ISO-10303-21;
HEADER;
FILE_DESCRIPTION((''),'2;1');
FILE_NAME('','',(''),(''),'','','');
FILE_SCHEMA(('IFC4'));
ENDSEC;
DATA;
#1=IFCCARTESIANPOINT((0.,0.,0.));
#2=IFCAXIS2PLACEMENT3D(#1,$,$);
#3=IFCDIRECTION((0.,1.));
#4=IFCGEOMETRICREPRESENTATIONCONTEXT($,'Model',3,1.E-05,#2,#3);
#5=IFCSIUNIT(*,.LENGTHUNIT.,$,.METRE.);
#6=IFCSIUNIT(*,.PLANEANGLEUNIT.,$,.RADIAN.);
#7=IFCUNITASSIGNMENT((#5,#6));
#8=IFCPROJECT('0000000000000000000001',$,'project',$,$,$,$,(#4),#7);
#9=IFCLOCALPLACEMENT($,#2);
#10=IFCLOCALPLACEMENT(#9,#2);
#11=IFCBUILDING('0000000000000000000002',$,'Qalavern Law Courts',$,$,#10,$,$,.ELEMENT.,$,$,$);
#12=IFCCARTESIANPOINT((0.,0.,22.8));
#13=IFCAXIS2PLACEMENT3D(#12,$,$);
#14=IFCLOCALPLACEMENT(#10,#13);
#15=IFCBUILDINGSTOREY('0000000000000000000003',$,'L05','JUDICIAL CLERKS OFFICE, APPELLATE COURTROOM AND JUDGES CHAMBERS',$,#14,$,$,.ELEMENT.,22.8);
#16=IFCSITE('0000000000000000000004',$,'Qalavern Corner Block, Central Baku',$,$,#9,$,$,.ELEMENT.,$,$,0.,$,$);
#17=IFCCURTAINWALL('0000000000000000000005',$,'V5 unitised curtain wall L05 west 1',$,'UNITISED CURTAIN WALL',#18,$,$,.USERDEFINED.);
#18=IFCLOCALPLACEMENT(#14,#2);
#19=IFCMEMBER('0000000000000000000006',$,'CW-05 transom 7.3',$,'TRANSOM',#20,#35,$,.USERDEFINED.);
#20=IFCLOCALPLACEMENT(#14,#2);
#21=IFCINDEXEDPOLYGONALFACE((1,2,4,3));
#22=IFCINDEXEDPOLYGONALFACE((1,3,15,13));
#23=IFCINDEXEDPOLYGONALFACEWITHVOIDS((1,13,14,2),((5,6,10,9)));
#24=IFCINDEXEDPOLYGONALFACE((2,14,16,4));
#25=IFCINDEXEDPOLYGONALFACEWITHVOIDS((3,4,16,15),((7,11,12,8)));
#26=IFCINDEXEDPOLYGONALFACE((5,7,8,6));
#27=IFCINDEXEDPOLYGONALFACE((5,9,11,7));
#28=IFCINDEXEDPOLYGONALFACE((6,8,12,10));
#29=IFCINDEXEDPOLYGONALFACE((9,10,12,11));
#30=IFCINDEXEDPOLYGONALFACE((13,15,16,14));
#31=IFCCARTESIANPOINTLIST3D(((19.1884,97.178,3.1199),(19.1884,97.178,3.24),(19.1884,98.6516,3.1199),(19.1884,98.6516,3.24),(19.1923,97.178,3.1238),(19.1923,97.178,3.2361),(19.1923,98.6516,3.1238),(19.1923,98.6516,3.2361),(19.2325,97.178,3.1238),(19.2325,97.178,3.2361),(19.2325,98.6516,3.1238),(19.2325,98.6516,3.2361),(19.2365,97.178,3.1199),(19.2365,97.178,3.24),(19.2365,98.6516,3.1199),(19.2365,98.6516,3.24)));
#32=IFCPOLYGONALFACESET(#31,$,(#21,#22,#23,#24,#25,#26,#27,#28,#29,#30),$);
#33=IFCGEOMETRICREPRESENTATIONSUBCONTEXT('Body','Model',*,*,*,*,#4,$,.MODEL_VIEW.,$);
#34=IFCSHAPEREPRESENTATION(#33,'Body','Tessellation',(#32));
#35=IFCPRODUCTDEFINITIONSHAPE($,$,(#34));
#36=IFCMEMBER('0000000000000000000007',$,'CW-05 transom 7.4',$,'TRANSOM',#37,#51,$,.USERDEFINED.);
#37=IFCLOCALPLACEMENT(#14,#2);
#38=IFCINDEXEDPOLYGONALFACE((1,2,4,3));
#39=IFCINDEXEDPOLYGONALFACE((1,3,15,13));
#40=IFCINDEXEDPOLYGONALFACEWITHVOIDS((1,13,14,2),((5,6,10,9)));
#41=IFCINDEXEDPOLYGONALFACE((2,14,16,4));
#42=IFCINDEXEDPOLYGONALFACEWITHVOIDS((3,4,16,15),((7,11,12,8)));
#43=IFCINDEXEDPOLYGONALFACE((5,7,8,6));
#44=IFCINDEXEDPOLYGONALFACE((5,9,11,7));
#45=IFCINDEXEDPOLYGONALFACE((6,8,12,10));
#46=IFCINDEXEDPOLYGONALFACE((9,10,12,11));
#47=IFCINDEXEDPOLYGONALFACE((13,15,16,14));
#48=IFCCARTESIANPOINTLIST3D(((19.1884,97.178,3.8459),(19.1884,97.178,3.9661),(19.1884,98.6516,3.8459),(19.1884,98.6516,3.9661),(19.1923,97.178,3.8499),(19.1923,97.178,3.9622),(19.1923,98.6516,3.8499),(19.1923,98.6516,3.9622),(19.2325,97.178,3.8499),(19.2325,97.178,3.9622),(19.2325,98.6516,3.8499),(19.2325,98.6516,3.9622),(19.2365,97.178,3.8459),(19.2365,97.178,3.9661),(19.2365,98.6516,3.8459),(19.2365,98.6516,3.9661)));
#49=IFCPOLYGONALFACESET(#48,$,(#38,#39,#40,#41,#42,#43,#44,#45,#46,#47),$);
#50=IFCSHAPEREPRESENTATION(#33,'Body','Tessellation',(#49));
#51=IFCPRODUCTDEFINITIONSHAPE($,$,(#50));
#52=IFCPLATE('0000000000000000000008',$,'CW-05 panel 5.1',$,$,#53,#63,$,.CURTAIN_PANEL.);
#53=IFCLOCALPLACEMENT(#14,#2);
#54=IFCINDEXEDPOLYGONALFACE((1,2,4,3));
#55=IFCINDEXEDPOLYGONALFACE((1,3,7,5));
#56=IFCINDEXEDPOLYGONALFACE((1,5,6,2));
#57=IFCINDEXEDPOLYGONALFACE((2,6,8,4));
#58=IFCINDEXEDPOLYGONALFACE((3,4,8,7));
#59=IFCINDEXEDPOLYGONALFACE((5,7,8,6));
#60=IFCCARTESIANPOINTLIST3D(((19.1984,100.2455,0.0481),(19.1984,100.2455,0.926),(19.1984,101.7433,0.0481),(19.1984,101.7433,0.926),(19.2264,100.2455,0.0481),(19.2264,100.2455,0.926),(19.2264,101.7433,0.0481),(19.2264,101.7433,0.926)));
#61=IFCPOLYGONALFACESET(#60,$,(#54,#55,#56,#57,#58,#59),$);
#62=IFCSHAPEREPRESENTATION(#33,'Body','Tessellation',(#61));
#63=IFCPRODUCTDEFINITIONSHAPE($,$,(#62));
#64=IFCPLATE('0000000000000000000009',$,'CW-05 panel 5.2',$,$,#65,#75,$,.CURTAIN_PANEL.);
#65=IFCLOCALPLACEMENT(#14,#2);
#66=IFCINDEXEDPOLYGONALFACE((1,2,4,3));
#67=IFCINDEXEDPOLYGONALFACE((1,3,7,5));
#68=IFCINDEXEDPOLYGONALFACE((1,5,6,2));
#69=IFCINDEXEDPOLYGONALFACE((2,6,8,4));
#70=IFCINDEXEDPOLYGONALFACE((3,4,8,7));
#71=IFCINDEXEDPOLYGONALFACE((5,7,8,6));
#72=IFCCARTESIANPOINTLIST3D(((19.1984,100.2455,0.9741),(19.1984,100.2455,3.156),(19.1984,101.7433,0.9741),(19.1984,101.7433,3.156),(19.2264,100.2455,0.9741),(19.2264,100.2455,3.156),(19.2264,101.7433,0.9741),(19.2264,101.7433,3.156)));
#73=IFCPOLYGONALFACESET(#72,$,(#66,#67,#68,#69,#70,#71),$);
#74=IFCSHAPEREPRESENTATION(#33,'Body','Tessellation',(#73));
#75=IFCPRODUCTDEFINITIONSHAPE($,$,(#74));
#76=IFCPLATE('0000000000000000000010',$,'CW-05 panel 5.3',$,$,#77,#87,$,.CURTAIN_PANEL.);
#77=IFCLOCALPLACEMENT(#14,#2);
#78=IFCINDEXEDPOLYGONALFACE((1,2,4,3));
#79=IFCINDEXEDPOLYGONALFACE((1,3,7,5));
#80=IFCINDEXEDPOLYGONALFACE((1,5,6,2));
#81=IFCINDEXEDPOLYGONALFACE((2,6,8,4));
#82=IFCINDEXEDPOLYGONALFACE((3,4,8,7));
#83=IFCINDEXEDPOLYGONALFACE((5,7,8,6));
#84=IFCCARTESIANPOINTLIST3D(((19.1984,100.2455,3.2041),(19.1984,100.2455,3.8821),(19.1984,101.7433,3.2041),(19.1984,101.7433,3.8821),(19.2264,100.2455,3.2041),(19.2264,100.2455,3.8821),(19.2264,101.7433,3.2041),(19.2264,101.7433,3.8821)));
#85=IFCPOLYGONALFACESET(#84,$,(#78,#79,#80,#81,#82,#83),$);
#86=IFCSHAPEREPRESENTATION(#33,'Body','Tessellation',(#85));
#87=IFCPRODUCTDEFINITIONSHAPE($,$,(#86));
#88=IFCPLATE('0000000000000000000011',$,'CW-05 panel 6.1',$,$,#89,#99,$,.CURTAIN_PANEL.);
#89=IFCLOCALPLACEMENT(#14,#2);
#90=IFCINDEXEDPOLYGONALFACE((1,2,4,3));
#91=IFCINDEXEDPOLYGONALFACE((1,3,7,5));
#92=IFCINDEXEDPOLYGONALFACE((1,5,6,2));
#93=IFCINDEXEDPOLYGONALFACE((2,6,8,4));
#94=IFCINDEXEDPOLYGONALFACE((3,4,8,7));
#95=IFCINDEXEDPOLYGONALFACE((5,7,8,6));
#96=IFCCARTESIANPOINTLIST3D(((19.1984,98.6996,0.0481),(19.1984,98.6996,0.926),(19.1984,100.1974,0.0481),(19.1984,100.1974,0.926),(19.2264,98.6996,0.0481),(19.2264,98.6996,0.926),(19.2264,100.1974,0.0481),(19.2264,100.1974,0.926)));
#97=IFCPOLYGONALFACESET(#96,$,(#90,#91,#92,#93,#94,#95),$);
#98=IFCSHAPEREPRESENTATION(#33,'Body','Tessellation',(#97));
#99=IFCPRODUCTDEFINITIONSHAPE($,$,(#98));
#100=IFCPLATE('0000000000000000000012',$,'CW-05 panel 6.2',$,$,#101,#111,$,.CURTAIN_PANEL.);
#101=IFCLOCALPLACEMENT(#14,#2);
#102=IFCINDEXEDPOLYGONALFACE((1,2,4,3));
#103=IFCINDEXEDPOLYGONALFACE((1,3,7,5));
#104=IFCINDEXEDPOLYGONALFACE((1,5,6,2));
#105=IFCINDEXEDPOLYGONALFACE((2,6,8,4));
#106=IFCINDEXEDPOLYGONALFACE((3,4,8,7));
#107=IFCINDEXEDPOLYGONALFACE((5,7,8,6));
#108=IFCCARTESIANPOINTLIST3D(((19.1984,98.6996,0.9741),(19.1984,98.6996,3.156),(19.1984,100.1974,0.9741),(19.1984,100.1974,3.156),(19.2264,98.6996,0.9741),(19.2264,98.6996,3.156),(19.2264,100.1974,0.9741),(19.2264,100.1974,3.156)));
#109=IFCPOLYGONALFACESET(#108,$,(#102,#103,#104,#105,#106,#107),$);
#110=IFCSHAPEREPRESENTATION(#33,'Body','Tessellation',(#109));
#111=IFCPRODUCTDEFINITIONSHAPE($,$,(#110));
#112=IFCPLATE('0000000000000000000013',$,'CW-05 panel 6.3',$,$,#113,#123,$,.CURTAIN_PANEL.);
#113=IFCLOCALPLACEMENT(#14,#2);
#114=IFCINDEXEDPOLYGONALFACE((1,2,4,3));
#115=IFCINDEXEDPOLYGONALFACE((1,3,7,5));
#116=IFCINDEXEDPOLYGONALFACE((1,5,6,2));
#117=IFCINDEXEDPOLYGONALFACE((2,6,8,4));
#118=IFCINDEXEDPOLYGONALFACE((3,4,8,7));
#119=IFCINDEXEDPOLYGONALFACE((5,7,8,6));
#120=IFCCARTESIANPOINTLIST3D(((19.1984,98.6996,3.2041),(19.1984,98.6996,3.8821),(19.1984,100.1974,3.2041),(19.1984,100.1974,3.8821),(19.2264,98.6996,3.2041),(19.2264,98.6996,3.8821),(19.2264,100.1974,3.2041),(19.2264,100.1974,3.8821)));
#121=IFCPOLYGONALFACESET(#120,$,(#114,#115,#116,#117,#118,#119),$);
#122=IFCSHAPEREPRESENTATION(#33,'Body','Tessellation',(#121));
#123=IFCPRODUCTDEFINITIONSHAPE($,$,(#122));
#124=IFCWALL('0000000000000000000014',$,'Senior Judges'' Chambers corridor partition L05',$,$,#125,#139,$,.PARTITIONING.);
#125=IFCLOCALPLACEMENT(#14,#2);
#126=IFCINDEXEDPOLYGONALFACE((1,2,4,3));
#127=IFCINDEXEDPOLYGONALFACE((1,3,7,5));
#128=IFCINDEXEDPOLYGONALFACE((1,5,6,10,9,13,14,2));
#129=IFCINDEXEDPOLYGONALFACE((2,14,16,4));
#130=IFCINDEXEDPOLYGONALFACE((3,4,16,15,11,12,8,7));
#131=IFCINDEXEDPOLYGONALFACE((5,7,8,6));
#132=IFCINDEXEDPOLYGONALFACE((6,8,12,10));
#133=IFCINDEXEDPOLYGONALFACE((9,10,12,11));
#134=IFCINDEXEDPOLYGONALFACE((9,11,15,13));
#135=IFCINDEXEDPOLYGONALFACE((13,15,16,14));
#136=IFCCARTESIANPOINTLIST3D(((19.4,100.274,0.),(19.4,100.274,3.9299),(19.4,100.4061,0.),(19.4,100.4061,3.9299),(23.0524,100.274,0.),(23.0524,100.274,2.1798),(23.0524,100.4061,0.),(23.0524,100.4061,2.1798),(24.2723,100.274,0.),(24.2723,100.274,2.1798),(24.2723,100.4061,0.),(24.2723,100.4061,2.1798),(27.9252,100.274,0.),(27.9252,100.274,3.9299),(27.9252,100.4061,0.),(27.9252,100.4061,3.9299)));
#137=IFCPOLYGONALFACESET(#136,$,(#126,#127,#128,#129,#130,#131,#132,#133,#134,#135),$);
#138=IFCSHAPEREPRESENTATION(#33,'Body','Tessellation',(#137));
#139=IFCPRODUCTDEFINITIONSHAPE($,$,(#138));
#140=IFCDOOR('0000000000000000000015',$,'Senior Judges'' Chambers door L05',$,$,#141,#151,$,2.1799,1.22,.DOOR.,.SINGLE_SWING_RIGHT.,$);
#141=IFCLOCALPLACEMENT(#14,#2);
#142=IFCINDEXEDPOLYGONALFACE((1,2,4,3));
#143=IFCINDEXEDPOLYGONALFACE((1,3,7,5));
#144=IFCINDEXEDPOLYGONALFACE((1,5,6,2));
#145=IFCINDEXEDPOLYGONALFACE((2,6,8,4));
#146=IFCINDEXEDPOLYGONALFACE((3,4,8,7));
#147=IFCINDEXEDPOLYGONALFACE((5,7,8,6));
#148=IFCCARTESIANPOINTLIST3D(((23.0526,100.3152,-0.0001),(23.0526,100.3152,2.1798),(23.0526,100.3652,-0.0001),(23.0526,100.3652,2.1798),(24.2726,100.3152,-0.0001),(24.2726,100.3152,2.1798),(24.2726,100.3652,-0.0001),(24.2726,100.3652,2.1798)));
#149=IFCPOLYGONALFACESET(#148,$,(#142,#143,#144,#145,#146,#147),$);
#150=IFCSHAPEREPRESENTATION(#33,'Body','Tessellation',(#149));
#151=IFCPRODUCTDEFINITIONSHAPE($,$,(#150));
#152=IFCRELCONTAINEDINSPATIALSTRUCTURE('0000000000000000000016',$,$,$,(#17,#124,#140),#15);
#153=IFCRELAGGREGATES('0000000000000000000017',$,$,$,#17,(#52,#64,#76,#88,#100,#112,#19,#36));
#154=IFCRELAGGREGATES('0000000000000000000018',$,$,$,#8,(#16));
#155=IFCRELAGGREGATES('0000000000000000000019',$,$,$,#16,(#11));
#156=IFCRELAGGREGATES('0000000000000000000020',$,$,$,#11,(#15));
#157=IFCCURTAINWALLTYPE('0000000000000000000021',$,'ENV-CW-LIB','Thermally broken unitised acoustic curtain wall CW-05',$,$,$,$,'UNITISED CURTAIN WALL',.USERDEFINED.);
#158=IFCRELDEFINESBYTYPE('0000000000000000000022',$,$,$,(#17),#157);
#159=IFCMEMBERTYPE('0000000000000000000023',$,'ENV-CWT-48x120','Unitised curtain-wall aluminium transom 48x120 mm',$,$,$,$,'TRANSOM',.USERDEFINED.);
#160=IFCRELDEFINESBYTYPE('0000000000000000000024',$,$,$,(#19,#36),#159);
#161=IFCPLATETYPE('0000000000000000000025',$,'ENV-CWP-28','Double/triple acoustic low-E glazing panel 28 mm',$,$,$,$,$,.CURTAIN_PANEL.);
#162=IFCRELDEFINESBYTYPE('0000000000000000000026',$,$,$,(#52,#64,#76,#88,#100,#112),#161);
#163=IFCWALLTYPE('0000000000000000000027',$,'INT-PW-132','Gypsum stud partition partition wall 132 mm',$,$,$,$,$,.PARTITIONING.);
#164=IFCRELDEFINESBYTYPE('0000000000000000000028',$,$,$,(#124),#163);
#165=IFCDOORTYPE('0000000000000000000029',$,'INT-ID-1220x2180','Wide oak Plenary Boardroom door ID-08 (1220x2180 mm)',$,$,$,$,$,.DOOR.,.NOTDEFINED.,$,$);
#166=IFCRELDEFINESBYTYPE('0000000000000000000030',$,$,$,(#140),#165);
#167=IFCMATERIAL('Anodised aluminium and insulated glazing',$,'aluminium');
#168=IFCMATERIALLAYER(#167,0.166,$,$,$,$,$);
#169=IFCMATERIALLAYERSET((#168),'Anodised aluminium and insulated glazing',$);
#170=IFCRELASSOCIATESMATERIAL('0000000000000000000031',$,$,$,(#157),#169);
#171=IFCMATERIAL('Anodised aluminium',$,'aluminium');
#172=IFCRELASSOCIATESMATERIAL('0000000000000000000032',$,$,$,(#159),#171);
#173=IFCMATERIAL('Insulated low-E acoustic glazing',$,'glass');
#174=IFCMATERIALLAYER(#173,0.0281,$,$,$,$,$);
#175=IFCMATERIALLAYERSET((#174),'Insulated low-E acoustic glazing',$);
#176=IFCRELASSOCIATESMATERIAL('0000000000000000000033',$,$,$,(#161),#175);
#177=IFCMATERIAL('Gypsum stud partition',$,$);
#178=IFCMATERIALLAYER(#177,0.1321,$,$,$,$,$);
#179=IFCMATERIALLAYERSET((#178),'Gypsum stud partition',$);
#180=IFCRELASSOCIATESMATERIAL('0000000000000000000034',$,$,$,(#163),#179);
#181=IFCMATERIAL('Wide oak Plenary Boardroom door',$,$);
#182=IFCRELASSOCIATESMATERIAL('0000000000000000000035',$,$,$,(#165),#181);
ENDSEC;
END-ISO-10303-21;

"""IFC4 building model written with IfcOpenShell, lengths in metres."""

from ifc_helpers import new_model, si_unit, direction, frame, frame_2d, origin, origin_2d, place, context, subcontext, project, spatial, rectangle, hollow_rectangle, extrude, material, layer, layer_set, material_profile, profile_set, type_object, element, fill, aggregate, save


model = new_model("IFC4")

# Units and contexts
model_context = context("Model", 3, precision=1e-05, world=origin(), true_north=direction((0.0, 1.0)))
body_context = subcontext(model_context, "Body", "Model", "MODEL_VIEW")
ifc_project = project(units=[si_unit("LENGTHUNIT", "METRE"), si_unit("PLANEANGLEUNIT", "RADIAN")], contexts=[model_context])

# Site, building, storey
site_placement = place(None, origin())
site = spatial("IfcSite", under=ifc_project, at=site_placement, Name="Qalavern Corner Block, Central Baku", CompositionType="ELEMENT", RefElevation=0.0)
building_placement = place(site_placement, origin())
building = spatial("IfcBuilding", under=site, at=building_placement, Name="Qalavern Law Courts", CompositionType="ELEMENT")
storey_placement = place(building_placement, frame((0.0, 0.0, 22.8)))
storey = spatial("IfcBuildingStorey", under=building, at=storey_placement, Name="L05", Description="JUDICIAL CLERKS OFFICE, APPELLATE COURTROOM AND JUDGES CHAMBERS", CompositionType="ELEMENT", Elevation=22.8)

# Curtain wall, members, plates
ifc_material_1 = material(Name="Anodised aluminium and insulated glazing", Category="aluminium")
ifc_layer_1 = layer(ifc_material_1, 0.166)
ifc_layer_set_1 = layer_set([ifc_layer_1], Name="Anodised aluminium and insulated glazing")
curtain_wall_type = type_object("IfcCurtainWallType", Name="ENV-CW-LIB", Description="Thermally broken unitised acoustic curtain wall CW-05", ElementType="UNITISED CURTAIN WALL", PredefinedType="USERDEFINED", material=ifc_layer_set_1)
curtain_wall_placement = place(storey_placement, origin())
curtain_wall = element("IfcCurtainWall", 1, at=curtain_wall_placement, inside=storey, type_object=curtain_wall_type, Name="V5 unitised curtain wall L05 west 1", ObjectType="UNITISED CURTAIN WALL", PredefinedType="USERDEFINED")
ifc_material_2 = material(Name="Anodised aluminium", Category="aluminium")
ifc_material_profile_1 = material_profile(ifc_material_2, hollow_rectangle(XDim=0.0481, YDim=0.1201, WallThickness=0.0039, at=origin_2d()), Name="ALU TRANSOM 48x120")
ifc_profile_set_1 = profile_set([ifc_material_profile_1], Name="Anodised aluminium")
member_type_1 = type_object("IfcMemberType", Name="ENV-CWT-48x120", Description="Unitised curtain-wall aluminium transom 48x120 mm", ElementType="TRANSOM", PredefinedType="USERDEFINED", material=ifc_profile_set_1)
member_1_placement = place(storey_placement, frame((19.2124, 98.6516, 3.1799), z_axis=(0.0, -1.0, 0.0), x_axis=(1.0, 0.0, 0.0)))
member_1 = element("IfcMember", 2, at=member_1_placement, type_object=member_type_1, Name="CW-05 transom 7.3", ObjectType="TRANSOM", PredefinedType="USERDEFINED", context=body_context, shape_type="SweptSolid", body=[
    extrude(hollow_rectangle(XDim=0.0481, YDim=0.1201, WallThickness=0.0039, at=origin_2d()), origin(), (0.0, 0.0, 1.0), 1.4736),
])
member_2_placement = place(storey_placement, frame((19.2124, 98.6516, 3.906), z_axis=(0.0, -1.0, 0.0), x_axis=(1.0, 0.0, 0.0)))
member_2 = element("IfcMember", 3, at=member_2_placement, type_object=member_type_1, Name="CW-05 transom 7.4", ObjectType="TRANSOM", PredefinedType="USERDEFINED", context=body_context, shape_type="SweptSolid", body=[
    extrude(hollow_rectangle(XDim=0.0481, YDim=0.1201, WallThickness=0.0039, at=origin_2d()), origin(), (0.0, 0.0, 1.0), 1.4736),
])
ifc_material_3 = material(Name="Insulated low-E acoustic glazing", Category="glass")
ifc_layer_2 = layer(ifc_material_3, 0.0281)
ifc_layer_set_2 = layer_set([ifc_layer_2], Name="Insulated low-E acoustic glazing")
plate_type = type_object("IfcPlateType", Name="ENV-CWP-28", Description="Double/triple acoustic low-E glazing panel 28 mm", PredefinedType="CURTAIN_PANEL", material=ifc_layer_set_2)
plate_1_placement = place(storey_placement, frame((19.2124, 100.9944, 0.0481), z_axis=(0.0, 0.0, 1.0), x_axis=(0.0, -1.0, 0.0)))
plate_1 = element("IfcPlate", 4, at=plate_1_placement, type_object=plate_type, Name="CW-05 panel 5.1", PredefinedType="CURTAIN_PANEL", context=body_context, shape_type="SweptSolid", body=[
    extrude(rectangle(XDim=1.4978, YDim=0.0281, at=origin_2d()), origin(), (0.0, 0.0, 1.0), 0.8779),
])
plate_2_placement = place(storey_placement, frame((19.2124, 100.9944, 0.9741), z_axis=(0.0, 0.0, 1.0), x_axis=(0.0, -1.0, 0.0)))
plate_2 = element("IfcPlate", 5, at=plate_2_placement, type_object=plate_type, Name="CW-05 panel 5.2", PredefinedType="CURTAIN_PANEL", context=body_context, shape_type="SweptSolid", body=[
    extrude(rectangle(XDim=1.4978, YDim=0.0281, at=origin_2d()), origin(), (0.0, 0.0, 1.0), 2.1819),
])
plate_3_placement = place(storey_placement, frame((19.2124, 100.9944, 3.2041), z_axis=(0.0, 0.0, 1.0), x_axis=(0.0, -1.0, 0.0)))
plate_3 = element("IfcPlate", 6, at=plate_3_placement, type_object=plate_type, Name="CW-05 panel 5.3", PredefinedType="CURTAIN_PANEL", context=body_context, shape_type="SweptSolid", body=[
    extrude(rectangle(XDim=1.4978, YDim=0.0281, at=origin_2d()), origin(), (0.0, 0.0, 1.0), 0.678),
])
plate_4_placement = place(storey_placement, frame((19.2124, 99.4485, 0.0481), z_axis=(0.0, 0.0, 1.0), x_axis=(0.0, -1.0, 0.0)))
plate_4 = element("IfcPlate", 7, at=plate_4_placement, type_object=plate_type, Name="CW-05 panel 6.1", PredefinedType="CURTAIN_PANEL", context=body_context, shape_type="SweptSolid", body=[
    extrude(rectangle(XDim=1.4978, YDim=0.0281, at=origin_2d()), origin(), (0.0, 0.0, 1.0), 0.8779),
])
plate_5_placement = place(storey_placement, frame((19.2124, 99.4485, 0.9741), z_axis=(0.0, 0.0, 1.0), x_axis=(0.0, -1.0, 0.0)))
plate_5 = element("IfcPlate", 8, at=plate_5_placement, type_object=plate_type, Name="CW-05 panel 6.2", PredefinedType="CURTAIN_PANEL", context=body_context, shape_type="SweptSolid", body=[
    extrude(rectangle(XDim=1.4978, YDim=0.0281, at=origin_2d()), origin(), (0.0, 0.0, 1.0), 2.1819),
])
plate_6_placement = place(storey_placement, frame((19.2124, 99.4485, 3.2041), z_axis=(0.0, 0.0, 1.0), x_axis=(0.0, -1.0, 0.0)))
plate_6 = element("IfcPlate", 9, at=plate_6_placement, type_object=plate_type, Name="CW-05 panel 6.3", PredefinedType="CURTAIN_PANEL", context=body_context, shape_type="SweptSolid", body=[
    extrude(rectangle(XDim=1.4978, YDim=0.0281, at=origin_2d()), origin(), (0.0, 0.0, 1.0), 0.678),
])
aggregate(curtain_wall, [plate_1, plate_2, plate_3, plate_4, plate_5, plate_6, member_1, member_2])

# Wall, opening, door
ifc_material_4 = material(Name="Gypsum stud partition")
ifc_layer_3 = layer(ifc_material_4, 0.1321)
ifc_layer_set_3 = layer_set([ifc_layer_3], Name="Gypsum stud partition")
wall_type = type_object("IfcWallType", Name="INT-PW-132", Description="Gypsum stud partition partition wall 132 mm", PredefinedType="PARTITIONING", material=ifc_layer_set_3)
wall_placement = place(storey_placement, frame((19.3999, 100.3401, 0.0), z_axis=(0.0, 0.0, 1.0), x_axis=(1.0, 0.0, 0.0)))
wall = element("IfcWall", 10, at=wall_placement, inside=storey, type_object=wall_type, Name="Senior Judges' Chambers corridor partition L05", PredefinedType="PARTITIONING", context=body_context, shape_type="SweptSolid", body=[
    extrude(rectangle(XDim=8.5251, YDim=0.1321, at=frame_2d((4.2627, 0.0))), origin(), (0.0, 0.0, 1.0), 3.9299),
])
opening_placement = place(wall_placement, frame((3.6526, 0.0, 0.0)))
opening = element("IfcOpeningElement", 11, at=opening_placement, cuts=wall, PredefinedType="OPENING", context=body_context, shape_type="SweptSolid", body=[
    extrude(rectangle(XDim=1.22, YDim=2.1799, at=frame_2d((0.6099, 1.0898))), frame((0.0, 0.0811, 0.0), z_axis=(0.0, -1.0, 0.0), x_axis=(1.0, 0.0, 0.0)), (0.0, 0.0, 1.0), 0.1619),
])
ifc_material_5 = material(Name="Wide oak Plenary Boardroom door")
door_type = type_object("IfcDoorType", Name="INT-ID-1220x2180", Description="Wide oak Plenary Boardroom door ID-08 (1220x2180 mm)", OperationType="NOTDEFINED", PredefinedType="DOOR", material=ifc_material_5)
door_placement = place(opening_placement, frame((1.22, 0.0, 0.0), z_axis=(0.0, 0.0, 1.0), x_axis=(-1.0, 0.0, 0.0)))
door = element("IfcDoor", 12, at=door_placement, inside=storey, type_object=door_type, Name="Senior Judges' Chambers door L05", OperationType="SINGLE_SWING_RIGHT", OverallHeight=2.1799, OverallWidth=1.22, PredefinedType="DOOR", context=body_context, shape_type="SweptSolid", body=[
    extrude(rectangle(XDim=1.22, YDim=2.1799, at=frame_2d((0.6099, 1.0898))), frame((0.0, 0.0249, 0.0), z_axis=(0.0, -1.0, 0.0), x_axis=(1.0, 0.0, 0.0)), (0.0, 0.0, 1.0), 0.05),
])
fill(opening, door)

save(model, "model.ifc")
